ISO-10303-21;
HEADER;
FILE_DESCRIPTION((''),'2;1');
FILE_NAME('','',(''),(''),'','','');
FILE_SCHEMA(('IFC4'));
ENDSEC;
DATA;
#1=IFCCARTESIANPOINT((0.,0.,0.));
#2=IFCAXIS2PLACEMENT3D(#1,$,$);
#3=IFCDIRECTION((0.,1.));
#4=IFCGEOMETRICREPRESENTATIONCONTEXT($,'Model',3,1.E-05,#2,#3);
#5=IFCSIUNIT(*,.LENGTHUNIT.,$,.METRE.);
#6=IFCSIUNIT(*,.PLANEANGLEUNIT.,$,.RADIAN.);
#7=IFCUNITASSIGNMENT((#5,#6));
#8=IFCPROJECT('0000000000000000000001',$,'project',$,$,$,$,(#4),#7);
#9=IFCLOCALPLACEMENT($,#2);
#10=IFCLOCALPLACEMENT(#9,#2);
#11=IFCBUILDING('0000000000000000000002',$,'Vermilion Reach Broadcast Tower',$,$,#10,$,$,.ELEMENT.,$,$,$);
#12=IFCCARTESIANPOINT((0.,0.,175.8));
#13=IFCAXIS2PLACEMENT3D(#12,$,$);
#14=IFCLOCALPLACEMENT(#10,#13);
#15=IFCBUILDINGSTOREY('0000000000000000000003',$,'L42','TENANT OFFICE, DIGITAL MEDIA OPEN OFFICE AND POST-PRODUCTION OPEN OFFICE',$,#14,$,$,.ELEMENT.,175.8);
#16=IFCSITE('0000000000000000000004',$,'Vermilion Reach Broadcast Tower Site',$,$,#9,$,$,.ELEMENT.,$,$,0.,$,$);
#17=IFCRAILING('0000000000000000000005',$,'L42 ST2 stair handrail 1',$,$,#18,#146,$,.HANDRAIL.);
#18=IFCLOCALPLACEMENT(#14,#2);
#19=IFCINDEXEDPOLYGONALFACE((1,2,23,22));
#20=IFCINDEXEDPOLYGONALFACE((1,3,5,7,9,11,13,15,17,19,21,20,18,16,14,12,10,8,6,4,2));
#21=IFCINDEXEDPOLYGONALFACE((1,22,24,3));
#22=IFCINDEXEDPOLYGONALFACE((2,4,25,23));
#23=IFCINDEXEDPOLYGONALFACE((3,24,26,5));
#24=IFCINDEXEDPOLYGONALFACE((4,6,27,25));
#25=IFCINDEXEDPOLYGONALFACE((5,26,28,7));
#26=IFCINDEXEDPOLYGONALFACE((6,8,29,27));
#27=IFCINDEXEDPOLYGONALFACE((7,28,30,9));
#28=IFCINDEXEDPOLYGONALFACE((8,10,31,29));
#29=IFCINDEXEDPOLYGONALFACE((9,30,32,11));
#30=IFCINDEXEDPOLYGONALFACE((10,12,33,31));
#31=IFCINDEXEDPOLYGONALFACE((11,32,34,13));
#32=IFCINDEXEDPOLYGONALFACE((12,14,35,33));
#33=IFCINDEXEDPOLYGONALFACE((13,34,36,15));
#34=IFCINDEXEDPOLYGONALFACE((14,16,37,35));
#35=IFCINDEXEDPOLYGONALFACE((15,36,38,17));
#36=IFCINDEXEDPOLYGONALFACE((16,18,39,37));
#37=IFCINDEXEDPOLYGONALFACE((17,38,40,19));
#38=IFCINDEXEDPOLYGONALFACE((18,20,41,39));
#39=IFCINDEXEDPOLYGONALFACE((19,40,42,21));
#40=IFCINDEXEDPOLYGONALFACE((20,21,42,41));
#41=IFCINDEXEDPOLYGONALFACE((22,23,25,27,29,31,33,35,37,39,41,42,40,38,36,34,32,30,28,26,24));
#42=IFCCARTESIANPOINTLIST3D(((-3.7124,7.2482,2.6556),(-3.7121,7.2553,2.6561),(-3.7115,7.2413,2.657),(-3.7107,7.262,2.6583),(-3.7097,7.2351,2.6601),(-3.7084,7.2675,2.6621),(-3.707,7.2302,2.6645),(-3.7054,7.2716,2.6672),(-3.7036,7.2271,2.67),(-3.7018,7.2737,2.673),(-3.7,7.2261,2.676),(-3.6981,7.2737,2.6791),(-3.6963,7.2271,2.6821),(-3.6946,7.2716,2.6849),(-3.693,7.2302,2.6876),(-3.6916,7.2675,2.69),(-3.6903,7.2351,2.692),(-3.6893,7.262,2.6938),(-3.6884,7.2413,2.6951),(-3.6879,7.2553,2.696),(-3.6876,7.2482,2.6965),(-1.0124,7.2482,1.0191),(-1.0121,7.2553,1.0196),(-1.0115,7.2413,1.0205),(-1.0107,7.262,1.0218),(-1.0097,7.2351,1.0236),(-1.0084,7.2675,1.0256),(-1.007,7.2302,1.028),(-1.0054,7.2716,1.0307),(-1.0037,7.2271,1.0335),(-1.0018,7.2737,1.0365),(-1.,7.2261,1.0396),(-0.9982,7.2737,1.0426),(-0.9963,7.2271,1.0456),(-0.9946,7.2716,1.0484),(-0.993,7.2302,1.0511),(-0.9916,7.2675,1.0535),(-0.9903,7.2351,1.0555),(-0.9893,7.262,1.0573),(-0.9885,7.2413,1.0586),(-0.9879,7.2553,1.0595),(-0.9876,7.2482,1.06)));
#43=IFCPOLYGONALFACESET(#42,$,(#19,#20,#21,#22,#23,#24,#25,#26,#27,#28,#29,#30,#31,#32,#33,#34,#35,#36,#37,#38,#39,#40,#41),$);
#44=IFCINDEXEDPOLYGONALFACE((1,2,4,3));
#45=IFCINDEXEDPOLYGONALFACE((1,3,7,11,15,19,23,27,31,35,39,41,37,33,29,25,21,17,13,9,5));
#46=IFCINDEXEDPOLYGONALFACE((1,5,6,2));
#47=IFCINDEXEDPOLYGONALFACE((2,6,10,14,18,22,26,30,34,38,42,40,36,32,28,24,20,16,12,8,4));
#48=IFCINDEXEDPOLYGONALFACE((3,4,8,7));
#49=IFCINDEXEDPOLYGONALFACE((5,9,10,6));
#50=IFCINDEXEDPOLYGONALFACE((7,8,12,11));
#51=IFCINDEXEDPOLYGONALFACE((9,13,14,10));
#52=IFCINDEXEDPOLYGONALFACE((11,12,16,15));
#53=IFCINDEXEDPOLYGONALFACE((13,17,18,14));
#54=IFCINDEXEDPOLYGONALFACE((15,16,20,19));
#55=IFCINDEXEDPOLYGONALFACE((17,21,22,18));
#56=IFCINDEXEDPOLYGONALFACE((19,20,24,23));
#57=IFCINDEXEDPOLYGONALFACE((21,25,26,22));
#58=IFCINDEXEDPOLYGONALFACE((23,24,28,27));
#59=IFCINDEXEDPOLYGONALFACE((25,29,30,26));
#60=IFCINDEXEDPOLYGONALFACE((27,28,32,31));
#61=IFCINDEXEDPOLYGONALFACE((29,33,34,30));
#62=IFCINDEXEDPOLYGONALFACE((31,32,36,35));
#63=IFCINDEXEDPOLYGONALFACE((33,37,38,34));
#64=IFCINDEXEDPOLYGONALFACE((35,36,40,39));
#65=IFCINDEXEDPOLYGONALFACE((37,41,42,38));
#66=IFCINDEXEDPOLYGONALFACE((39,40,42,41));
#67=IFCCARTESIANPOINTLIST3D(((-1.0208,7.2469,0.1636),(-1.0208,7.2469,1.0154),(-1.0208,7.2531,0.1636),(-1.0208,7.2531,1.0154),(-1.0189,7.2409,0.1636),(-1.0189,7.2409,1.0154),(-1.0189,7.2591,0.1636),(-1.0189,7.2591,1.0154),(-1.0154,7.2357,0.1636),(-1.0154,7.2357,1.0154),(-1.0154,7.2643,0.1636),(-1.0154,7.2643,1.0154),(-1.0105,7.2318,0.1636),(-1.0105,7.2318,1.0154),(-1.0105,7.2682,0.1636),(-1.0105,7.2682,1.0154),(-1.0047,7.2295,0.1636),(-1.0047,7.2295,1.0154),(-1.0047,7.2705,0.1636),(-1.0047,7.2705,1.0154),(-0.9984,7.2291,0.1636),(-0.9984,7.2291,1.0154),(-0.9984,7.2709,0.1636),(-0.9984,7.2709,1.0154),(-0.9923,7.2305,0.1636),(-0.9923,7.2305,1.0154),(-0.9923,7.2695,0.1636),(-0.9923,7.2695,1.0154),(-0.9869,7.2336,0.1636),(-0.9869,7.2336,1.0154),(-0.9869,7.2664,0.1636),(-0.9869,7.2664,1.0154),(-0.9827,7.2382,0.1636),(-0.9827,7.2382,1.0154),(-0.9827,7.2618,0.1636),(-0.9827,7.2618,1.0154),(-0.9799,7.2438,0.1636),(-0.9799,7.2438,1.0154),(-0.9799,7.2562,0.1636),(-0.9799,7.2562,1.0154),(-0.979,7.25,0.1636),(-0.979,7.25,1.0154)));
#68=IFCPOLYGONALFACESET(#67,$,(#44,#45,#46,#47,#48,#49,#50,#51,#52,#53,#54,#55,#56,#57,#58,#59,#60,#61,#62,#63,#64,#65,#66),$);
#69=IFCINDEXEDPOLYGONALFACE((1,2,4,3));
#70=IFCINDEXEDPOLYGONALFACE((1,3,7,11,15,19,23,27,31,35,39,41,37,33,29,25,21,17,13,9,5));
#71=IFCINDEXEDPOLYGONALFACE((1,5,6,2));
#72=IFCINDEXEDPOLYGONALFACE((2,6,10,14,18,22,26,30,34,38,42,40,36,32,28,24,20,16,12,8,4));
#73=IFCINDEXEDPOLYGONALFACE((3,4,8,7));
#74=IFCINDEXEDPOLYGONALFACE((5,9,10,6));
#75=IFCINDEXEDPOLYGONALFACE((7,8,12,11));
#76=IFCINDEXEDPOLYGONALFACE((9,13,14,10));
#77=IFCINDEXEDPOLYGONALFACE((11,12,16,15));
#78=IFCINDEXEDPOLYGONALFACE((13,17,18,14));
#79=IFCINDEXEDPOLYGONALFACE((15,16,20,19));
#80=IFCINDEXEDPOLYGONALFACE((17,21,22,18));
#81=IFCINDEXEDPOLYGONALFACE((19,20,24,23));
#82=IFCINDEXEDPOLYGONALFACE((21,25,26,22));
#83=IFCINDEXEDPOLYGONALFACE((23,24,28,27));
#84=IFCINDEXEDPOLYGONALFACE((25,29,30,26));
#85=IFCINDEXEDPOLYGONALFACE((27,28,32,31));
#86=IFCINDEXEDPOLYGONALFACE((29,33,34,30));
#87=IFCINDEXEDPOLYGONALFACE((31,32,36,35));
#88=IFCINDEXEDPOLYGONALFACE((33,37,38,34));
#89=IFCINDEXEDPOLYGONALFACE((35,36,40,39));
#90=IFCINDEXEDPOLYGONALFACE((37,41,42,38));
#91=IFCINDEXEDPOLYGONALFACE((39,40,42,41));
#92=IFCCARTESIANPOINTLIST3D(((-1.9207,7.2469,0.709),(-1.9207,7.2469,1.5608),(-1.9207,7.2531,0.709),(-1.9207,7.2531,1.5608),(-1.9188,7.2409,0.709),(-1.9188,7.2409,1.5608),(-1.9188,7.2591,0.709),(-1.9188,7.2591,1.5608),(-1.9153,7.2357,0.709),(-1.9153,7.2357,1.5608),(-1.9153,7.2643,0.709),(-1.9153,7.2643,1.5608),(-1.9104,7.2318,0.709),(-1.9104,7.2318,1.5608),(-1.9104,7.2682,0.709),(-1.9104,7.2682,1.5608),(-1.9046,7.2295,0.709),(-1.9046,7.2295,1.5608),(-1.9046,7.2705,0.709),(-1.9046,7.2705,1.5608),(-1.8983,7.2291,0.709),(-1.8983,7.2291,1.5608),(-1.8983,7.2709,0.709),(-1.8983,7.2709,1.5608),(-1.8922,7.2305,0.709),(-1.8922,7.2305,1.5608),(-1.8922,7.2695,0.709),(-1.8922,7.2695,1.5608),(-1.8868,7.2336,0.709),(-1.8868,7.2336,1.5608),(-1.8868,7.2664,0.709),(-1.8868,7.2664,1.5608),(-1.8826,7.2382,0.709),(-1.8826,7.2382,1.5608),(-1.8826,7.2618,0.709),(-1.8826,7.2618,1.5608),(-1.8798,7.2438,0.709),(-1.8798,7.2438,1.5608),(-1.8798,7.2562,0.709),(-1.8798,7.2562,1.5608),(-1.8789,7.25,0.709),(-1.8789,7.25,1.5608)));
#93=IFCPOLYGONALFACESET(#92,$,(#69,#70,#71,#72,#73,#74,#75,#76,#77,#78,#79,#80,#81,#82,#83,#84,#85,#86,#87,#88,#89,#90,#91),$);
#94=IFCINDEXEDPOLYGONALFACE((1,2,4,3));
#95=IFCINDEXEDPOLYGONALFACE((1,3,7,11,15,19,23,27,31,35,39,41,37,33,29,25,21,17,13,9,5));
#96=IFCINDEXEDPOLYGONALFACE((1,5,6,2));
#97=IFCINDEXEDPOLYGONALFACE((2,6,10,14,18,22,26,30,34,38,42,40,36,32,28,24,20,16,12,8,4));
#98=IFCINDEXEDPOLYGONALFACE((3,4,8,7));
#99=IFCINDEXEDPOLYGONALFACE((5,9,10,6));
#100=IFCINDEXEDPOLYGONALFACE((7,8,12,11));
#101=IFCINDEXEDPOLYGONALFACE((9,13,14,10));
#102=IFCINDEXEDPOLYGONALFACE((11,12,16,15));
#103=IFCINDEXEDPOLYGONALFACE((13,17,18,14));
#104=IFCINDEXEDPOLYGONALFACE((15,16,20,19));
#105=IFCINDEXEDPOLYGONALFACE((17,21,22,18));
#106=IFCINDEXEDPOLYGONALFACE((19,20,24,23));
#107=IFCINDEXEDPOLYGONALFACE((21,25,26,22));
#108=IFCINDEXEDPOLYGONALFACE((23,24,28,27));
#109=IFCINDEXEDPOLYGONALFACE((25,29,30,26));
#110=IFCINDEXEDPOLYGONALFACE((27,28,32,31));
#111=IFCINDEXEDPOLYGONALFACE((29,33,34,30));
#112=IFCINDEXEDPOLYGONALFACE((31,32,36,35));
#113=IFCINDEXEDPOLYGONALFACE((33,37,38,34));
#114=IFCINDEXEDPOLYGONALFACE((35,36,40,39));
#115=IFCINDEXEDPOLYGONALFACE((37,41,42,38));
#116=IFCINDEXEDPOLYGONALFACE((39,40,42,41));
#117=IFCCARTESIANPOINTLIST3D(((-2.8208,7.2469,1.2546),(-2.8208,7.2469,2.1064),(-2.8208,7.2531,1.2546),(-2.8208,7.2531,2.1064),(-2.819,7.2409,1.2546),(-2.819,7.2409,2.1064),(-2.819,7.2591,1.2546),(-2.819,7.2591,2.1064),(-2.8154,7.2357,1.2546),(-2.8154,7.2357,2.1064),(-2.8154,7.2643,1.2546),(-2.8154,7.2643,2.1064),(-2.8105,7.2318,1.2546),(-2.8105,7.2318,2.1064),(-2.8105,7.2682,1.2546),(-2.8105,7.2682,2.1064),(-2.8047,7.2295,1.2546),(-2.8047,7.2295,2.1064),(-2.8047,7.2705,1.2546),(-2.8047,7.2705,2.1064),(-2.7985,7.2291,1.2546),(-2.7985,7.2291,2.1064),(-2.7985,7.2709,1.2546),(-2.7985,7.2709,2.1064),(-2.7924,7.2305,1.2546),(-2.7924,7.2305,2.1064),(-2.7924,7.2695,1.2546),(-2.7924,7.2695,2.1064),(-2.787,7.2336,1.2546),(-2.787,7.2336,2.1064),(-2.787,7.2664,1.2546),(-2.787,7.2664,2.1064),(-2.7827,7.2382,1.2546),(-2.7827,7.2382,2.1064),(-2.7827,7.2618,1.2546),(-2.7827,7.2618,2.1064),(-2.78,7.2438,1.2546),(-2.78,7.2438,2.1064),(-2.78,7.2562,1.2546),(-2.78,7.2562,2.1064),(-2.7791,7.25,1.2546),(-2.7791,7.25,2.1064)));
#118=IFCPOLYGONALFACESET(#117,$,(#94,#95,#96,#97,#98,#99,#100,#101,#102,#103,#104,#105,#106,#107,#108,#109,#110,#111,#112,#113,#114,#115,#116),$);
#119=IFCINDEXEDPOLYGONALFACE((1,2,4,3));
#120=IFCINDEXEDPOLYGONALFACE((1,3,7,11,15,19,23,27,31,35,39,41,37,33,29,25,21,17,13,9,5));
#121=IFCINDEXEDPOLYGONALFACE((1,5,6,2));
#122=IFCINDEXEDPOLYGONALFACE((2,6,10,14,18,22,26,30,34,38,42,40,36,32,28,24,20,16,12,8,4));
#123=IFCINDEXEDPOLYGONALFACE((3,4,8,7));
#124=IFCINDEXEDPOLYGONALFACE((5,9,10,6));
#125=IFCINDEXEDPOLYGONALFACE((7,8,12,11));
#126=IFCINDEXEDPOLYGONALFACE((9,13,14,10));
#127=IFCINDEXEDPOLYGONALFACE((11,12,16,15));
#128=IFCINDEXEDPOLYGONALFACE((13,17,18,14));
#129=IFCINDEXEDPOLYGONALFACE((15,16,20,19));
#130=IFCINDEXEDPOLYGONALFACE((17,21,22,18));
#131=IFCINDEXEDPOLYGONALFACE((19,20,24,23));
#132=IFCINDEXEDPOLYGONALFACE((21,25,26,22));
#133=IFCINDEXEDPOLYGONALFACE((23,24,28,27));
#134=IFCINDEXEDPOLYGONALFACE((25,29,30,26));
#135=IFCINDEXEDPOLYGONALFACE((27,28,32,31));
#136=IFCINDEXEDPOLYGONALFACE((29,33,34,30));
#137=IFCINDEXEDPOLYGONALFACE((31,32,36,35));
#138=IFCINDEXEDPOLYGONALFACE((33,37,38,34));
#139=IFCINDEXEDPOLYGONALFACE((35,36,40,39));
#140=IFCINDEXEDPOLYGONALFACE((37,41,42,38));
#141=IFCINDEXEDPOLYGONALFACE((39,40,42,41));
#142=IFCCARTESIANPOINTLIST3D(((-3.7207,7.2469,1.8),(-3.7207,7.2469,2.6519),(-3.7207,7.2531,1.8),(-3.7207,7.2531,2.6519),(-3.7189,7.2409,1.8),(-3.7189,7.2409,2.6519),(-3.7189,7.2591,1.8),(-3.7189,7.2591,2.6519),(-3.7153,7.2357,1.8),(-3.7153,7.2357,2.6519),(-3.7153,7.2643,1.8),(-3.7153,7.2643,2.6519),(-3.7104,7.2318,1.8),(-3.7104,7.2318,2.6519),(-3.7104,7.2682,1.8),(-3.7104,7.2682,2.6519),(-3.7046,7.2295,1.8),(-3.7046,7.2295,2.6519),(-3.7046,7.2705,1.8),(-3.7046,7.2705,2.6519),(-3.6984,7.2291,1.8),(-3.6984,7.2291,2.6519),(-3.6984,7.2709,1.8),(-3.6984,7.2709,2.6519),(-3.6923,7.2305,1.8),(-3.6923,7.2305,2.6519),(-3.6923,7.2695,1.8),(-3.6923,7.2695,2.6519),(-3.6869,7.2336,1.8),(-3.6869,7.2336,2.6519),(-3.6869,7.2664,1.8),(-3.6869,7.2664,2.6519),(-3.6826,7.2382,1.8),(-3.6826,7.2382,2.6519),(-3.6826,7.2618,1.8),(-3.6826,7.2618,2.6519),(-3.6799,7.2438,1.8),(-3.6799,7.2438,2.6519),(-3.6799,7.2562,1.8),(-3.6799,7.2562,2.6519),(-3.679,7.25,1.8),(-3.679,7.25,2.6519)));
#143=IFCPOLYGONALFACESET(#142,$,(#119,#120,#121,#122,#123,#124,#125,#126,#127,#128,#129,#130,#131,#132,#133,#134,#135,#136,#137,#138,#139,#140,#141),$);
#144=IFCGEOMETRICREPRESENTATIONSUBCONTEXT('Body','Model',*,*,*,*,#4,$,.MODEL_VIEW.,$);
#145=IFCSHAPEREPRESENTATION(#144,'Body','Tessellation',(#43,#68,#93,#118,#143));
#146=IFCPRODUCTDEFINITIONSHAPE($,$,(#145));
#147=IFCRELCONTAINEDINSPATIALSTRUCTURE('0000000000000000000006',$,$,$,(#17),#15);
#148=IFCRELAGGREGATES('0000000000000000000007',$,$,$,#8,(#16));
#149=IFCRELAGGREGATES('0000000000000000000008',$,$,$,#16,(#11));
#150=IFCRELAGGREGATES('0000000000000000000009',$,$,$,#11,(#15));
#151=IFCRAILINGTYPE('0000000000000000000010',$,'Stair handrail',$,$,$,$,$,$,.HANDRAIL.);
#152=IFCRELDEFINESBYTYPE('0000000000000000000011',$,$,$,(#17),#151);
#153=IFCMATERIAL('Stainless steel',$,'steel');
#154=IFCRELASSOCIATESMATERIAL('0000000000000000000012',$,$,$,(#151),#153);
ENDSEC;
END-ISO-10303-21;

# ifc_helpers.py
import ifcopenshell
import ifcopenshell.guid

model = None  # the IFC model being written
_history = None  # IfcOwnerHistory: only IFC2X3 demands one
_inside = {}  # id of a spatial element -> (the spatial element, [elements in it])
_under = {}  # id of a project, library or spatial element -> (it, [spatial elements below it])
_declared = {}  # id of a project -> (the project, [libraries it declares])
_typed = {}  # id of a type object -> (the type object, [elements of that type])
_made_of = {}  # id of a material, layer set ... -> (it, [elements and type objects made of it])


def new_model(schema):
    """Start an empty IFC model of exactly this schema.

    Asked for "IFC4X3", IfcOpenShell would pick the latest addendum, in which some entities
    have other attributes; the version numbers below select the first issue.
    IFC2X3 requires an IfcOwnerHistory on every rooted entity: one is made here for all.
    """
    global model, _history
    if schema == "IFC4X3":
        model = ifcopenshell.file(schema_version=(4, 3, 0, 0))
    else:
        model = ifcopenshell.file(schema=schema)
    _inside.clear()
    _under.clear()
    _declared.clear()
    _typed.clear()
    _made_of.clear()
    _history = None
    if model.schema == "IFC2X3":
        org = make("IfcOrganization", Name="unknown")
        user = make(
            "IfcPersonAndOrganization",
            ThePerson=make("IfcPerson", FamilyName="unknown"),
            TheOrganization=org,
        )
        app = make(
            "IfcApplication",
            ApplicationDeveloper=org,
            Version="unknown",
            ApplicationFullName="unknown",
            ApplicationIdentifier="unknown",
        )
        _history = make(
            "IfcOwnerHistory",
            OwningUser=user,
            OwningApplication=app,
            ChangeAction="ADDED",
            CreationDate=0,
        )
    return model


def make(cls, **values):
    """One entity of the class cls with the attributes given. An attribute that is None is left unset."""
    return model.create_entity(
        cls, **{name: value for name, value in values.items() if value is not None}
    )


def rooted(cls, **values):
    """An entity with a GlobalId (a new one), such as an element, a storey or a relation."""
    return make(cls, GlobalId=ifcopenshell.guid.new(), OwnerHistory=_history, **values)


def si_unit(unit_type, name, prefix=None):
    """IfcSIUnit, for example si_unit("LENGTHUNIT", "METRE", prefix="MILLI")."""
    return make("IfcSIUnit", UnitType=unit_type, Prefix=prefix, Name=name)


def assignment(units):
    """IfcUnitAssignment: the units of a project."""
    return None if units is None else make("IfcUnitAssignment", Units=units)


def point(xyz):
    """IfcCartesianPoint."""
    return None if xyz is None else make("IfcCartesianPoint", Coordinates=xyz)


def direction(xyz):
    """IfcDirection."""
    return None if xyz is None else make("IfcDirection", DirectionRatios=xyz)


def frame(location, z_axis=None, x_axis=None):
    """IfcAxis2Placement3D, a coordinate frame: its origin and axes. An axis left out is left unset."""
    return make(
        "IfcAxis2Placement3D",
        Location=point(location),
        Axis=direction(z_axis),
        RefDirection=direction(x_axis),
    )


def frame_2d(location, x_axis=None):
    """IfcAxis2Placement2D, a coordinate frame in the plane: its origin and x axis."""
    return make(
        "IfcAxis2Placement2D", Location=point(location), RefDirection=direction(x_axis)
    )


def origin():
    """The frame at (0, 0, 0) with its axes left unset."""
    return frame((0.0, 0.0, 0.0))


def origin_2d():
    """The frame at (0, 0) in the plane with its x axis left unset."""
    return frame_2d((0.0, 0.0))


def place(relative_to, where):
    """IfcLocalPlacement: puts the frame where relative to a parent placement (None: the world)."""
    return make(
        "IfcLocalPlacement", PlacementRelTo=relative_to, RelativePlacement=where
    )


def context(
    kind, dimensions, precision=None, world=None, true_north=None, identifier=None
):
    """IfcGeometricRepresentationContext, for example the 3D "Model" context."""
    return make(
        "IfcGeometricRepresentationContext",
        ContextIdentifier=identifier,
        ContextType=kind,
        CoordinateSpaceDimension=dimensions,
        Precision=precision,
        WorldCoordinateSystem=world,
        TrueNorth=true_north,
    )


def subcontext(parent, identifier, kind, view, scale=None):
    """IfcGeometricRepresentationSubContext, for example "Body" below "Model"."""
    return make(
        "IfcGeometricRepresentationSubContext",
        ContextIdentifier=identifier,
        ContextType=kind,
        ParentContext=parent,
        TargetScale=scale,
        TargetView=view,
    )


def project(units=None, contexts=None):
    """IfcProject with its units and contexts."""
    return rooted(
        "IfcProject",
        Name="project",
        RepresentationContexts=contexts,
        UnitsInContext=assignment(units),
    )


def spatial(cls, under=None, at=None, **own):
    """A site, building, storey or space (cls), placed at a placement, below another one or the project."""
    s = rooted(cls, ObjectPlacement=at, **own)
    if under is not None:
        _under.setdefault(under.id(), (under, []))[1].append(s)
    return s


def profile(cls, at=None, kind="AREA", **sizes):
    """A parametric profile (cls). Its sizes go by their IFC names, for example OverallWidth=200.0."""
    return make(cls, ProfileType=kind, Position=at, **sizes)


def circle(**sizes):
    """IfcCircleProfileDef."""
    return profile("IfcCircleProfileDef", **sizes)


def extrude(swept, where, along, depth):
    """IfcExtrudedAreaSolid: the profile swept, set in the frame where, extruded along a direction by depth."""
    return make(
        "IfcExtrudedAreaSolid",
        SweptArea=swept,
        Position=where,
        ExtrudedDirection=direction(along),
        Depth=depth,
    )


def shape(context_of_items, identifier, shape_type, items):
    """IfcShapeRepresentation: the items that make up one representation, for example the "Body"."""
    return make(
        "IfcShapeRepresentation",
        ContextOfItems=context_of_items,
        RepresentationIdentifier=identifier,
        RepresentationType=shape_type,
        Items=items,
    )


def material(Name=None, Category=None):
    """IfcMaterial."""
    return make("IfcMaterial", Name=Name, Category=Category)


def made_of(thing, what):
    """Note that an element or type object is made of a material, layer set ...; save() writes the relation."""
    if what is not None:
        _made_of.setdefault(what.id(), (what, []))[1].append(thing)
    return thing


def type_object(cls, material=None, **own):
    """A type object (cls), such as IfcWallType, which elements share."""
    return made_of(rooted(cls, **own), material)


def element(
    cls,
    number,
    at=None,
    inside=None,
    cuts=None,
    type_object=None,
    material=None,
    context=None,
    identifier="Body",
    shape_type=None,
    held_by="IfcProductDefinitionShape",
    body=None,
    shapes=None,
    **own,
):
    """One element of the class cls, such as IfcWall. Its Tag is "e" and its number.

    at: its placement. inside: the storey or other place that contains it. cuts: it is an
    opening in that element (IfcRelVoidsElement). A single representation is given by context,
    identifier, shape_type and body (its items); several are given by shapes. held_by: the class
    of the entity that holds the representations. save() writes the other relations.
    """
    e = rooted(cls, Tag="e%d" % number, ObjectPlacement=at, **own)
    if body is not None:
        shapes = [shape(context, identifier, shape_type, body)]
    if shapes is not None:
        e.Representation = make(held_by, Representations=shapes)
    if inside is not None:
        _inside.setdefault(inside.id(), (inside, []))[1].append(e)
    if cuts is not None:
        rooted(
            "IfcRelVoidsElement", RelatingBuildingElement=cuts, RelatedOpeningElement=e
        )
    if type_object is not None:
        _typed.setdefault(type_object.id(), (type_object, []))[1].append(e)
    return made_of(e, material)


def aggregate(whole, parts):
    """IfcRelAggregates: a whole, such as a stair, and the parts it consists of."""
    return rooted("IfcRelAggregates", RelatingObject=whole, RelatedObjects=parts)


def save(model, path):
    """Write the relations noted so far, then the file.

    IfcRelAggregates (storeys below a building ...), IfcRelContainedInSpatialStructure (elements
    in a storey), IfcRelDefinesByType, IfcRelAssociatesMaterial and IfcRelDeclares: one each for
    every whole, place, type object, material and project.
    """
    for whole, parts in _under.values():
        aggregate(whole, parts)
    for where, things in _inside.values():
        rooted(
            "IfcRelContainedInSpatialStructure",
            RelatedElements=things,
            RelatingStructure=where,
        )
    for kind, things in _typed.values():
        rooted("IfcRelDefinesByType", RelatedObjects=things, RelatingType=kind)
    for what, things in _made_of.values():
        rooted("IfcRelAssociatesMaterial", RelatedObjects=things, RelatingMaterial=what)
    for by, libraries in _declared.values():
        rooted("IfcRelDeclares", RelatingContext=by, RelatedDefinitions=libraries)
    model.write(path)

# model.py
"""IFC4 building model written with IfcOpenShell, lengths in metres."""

from ifc_helpers import new_model, si_unit, direction, frame, origin, origin_2d, place, context, subcontext, project, spatial, circle, extrude, material, type_object, element, save


model = new_model("IFC4")

# Units and contexts
model_context = context("Model", 3, precision=1e-05, world=origin(), true_north=direction((0.0, 1.0)))
body_context = subcontext(model_context, "Body", "Model", "MODEL_VIEW")
ifc_project = project(units=[si_unit("LENGTHUNIT", "METRE"), si_unit("PLANEANGLEUNIT", "RADIAN")], contexts=[model_context])

# Site, building, storey
site_placement = place(None, origin())
site = spatial("IfcSite", under=ifc_project, at=site_placement, Name="Vermilion Reach Broadcast Tower Site", CompositionType="ELEMENT", RefElevation=0.0)
building_placement = place(site_placement, origin())
building = spatial("IfcBuilding", under=site, at=building_placement, Name="Vermilion Reach Broadcast Tower", CompositionType="ELEMENT")
storey_placement = place(building_placement, frame((0.0, 0.0, 175.8)))
storey = spatial("IfcBuildingStorey", under=building, at=storey_placement, Name="L42", Description="TENANT OFFICE, DIGITAL MEDIA OPEN OFFICE AND POST-PRODUCTION OPEN OFFICE", CompositionType="ELEMENT", Elevation=175.8)

# Railing
ifc_material_1 = material(Name="Stainless steel", Category="steel")
railing_type_1 = type_object("IfcRailingType", Name="Stair handrail", PredefinedType="HANDRAIL", material=ifc_material_1)
railing_1_placement = place(storey_placement, frame((-1.0, 7.25, 0.1636)))
element("IfcRailing", 1, at=railing_1_placement, inside=storey, type_object=railing_type_1, Name="L42 ST2 stair handrail 1", PredefinedType="HANDRAIL", context=body_context, shape_type="SweptSolid", body=[
    extrude(circle(Radius=0.0239, at=origin_2d()), frame((0.0, 0.0, 0.876), z_axis=(-0.855178, 0.0, 0.518334), x_axis=(0.0, -1.0, 0.0)), (0.0, 0.0, 1.0), 3.1572),
    extrude(circle(Radius=0.021, at=origin_2d()), origin(), (0.0, 0.0, 1.0), 0.8518),
    extrude(circle(Radius=0.021, at=origin_2d()), frame((-0.8999, 0.0, 0.5454)), (0.0, 0.0, 1.0), 0.8518),
    extrude(circle(Radius=0.021, at=origin_2d()), frame((-1.8, 0.0, 1.0911)), (0.0, 0.0, 1.0), 0.8518),
    extrude(circle(Radius=0.021, at=origin_2d()), frame((-2.7, 0.0, 1.6365)), (0.0, 0.0, 1.0), 0.8518),
])

save(model, "model.ifc")
